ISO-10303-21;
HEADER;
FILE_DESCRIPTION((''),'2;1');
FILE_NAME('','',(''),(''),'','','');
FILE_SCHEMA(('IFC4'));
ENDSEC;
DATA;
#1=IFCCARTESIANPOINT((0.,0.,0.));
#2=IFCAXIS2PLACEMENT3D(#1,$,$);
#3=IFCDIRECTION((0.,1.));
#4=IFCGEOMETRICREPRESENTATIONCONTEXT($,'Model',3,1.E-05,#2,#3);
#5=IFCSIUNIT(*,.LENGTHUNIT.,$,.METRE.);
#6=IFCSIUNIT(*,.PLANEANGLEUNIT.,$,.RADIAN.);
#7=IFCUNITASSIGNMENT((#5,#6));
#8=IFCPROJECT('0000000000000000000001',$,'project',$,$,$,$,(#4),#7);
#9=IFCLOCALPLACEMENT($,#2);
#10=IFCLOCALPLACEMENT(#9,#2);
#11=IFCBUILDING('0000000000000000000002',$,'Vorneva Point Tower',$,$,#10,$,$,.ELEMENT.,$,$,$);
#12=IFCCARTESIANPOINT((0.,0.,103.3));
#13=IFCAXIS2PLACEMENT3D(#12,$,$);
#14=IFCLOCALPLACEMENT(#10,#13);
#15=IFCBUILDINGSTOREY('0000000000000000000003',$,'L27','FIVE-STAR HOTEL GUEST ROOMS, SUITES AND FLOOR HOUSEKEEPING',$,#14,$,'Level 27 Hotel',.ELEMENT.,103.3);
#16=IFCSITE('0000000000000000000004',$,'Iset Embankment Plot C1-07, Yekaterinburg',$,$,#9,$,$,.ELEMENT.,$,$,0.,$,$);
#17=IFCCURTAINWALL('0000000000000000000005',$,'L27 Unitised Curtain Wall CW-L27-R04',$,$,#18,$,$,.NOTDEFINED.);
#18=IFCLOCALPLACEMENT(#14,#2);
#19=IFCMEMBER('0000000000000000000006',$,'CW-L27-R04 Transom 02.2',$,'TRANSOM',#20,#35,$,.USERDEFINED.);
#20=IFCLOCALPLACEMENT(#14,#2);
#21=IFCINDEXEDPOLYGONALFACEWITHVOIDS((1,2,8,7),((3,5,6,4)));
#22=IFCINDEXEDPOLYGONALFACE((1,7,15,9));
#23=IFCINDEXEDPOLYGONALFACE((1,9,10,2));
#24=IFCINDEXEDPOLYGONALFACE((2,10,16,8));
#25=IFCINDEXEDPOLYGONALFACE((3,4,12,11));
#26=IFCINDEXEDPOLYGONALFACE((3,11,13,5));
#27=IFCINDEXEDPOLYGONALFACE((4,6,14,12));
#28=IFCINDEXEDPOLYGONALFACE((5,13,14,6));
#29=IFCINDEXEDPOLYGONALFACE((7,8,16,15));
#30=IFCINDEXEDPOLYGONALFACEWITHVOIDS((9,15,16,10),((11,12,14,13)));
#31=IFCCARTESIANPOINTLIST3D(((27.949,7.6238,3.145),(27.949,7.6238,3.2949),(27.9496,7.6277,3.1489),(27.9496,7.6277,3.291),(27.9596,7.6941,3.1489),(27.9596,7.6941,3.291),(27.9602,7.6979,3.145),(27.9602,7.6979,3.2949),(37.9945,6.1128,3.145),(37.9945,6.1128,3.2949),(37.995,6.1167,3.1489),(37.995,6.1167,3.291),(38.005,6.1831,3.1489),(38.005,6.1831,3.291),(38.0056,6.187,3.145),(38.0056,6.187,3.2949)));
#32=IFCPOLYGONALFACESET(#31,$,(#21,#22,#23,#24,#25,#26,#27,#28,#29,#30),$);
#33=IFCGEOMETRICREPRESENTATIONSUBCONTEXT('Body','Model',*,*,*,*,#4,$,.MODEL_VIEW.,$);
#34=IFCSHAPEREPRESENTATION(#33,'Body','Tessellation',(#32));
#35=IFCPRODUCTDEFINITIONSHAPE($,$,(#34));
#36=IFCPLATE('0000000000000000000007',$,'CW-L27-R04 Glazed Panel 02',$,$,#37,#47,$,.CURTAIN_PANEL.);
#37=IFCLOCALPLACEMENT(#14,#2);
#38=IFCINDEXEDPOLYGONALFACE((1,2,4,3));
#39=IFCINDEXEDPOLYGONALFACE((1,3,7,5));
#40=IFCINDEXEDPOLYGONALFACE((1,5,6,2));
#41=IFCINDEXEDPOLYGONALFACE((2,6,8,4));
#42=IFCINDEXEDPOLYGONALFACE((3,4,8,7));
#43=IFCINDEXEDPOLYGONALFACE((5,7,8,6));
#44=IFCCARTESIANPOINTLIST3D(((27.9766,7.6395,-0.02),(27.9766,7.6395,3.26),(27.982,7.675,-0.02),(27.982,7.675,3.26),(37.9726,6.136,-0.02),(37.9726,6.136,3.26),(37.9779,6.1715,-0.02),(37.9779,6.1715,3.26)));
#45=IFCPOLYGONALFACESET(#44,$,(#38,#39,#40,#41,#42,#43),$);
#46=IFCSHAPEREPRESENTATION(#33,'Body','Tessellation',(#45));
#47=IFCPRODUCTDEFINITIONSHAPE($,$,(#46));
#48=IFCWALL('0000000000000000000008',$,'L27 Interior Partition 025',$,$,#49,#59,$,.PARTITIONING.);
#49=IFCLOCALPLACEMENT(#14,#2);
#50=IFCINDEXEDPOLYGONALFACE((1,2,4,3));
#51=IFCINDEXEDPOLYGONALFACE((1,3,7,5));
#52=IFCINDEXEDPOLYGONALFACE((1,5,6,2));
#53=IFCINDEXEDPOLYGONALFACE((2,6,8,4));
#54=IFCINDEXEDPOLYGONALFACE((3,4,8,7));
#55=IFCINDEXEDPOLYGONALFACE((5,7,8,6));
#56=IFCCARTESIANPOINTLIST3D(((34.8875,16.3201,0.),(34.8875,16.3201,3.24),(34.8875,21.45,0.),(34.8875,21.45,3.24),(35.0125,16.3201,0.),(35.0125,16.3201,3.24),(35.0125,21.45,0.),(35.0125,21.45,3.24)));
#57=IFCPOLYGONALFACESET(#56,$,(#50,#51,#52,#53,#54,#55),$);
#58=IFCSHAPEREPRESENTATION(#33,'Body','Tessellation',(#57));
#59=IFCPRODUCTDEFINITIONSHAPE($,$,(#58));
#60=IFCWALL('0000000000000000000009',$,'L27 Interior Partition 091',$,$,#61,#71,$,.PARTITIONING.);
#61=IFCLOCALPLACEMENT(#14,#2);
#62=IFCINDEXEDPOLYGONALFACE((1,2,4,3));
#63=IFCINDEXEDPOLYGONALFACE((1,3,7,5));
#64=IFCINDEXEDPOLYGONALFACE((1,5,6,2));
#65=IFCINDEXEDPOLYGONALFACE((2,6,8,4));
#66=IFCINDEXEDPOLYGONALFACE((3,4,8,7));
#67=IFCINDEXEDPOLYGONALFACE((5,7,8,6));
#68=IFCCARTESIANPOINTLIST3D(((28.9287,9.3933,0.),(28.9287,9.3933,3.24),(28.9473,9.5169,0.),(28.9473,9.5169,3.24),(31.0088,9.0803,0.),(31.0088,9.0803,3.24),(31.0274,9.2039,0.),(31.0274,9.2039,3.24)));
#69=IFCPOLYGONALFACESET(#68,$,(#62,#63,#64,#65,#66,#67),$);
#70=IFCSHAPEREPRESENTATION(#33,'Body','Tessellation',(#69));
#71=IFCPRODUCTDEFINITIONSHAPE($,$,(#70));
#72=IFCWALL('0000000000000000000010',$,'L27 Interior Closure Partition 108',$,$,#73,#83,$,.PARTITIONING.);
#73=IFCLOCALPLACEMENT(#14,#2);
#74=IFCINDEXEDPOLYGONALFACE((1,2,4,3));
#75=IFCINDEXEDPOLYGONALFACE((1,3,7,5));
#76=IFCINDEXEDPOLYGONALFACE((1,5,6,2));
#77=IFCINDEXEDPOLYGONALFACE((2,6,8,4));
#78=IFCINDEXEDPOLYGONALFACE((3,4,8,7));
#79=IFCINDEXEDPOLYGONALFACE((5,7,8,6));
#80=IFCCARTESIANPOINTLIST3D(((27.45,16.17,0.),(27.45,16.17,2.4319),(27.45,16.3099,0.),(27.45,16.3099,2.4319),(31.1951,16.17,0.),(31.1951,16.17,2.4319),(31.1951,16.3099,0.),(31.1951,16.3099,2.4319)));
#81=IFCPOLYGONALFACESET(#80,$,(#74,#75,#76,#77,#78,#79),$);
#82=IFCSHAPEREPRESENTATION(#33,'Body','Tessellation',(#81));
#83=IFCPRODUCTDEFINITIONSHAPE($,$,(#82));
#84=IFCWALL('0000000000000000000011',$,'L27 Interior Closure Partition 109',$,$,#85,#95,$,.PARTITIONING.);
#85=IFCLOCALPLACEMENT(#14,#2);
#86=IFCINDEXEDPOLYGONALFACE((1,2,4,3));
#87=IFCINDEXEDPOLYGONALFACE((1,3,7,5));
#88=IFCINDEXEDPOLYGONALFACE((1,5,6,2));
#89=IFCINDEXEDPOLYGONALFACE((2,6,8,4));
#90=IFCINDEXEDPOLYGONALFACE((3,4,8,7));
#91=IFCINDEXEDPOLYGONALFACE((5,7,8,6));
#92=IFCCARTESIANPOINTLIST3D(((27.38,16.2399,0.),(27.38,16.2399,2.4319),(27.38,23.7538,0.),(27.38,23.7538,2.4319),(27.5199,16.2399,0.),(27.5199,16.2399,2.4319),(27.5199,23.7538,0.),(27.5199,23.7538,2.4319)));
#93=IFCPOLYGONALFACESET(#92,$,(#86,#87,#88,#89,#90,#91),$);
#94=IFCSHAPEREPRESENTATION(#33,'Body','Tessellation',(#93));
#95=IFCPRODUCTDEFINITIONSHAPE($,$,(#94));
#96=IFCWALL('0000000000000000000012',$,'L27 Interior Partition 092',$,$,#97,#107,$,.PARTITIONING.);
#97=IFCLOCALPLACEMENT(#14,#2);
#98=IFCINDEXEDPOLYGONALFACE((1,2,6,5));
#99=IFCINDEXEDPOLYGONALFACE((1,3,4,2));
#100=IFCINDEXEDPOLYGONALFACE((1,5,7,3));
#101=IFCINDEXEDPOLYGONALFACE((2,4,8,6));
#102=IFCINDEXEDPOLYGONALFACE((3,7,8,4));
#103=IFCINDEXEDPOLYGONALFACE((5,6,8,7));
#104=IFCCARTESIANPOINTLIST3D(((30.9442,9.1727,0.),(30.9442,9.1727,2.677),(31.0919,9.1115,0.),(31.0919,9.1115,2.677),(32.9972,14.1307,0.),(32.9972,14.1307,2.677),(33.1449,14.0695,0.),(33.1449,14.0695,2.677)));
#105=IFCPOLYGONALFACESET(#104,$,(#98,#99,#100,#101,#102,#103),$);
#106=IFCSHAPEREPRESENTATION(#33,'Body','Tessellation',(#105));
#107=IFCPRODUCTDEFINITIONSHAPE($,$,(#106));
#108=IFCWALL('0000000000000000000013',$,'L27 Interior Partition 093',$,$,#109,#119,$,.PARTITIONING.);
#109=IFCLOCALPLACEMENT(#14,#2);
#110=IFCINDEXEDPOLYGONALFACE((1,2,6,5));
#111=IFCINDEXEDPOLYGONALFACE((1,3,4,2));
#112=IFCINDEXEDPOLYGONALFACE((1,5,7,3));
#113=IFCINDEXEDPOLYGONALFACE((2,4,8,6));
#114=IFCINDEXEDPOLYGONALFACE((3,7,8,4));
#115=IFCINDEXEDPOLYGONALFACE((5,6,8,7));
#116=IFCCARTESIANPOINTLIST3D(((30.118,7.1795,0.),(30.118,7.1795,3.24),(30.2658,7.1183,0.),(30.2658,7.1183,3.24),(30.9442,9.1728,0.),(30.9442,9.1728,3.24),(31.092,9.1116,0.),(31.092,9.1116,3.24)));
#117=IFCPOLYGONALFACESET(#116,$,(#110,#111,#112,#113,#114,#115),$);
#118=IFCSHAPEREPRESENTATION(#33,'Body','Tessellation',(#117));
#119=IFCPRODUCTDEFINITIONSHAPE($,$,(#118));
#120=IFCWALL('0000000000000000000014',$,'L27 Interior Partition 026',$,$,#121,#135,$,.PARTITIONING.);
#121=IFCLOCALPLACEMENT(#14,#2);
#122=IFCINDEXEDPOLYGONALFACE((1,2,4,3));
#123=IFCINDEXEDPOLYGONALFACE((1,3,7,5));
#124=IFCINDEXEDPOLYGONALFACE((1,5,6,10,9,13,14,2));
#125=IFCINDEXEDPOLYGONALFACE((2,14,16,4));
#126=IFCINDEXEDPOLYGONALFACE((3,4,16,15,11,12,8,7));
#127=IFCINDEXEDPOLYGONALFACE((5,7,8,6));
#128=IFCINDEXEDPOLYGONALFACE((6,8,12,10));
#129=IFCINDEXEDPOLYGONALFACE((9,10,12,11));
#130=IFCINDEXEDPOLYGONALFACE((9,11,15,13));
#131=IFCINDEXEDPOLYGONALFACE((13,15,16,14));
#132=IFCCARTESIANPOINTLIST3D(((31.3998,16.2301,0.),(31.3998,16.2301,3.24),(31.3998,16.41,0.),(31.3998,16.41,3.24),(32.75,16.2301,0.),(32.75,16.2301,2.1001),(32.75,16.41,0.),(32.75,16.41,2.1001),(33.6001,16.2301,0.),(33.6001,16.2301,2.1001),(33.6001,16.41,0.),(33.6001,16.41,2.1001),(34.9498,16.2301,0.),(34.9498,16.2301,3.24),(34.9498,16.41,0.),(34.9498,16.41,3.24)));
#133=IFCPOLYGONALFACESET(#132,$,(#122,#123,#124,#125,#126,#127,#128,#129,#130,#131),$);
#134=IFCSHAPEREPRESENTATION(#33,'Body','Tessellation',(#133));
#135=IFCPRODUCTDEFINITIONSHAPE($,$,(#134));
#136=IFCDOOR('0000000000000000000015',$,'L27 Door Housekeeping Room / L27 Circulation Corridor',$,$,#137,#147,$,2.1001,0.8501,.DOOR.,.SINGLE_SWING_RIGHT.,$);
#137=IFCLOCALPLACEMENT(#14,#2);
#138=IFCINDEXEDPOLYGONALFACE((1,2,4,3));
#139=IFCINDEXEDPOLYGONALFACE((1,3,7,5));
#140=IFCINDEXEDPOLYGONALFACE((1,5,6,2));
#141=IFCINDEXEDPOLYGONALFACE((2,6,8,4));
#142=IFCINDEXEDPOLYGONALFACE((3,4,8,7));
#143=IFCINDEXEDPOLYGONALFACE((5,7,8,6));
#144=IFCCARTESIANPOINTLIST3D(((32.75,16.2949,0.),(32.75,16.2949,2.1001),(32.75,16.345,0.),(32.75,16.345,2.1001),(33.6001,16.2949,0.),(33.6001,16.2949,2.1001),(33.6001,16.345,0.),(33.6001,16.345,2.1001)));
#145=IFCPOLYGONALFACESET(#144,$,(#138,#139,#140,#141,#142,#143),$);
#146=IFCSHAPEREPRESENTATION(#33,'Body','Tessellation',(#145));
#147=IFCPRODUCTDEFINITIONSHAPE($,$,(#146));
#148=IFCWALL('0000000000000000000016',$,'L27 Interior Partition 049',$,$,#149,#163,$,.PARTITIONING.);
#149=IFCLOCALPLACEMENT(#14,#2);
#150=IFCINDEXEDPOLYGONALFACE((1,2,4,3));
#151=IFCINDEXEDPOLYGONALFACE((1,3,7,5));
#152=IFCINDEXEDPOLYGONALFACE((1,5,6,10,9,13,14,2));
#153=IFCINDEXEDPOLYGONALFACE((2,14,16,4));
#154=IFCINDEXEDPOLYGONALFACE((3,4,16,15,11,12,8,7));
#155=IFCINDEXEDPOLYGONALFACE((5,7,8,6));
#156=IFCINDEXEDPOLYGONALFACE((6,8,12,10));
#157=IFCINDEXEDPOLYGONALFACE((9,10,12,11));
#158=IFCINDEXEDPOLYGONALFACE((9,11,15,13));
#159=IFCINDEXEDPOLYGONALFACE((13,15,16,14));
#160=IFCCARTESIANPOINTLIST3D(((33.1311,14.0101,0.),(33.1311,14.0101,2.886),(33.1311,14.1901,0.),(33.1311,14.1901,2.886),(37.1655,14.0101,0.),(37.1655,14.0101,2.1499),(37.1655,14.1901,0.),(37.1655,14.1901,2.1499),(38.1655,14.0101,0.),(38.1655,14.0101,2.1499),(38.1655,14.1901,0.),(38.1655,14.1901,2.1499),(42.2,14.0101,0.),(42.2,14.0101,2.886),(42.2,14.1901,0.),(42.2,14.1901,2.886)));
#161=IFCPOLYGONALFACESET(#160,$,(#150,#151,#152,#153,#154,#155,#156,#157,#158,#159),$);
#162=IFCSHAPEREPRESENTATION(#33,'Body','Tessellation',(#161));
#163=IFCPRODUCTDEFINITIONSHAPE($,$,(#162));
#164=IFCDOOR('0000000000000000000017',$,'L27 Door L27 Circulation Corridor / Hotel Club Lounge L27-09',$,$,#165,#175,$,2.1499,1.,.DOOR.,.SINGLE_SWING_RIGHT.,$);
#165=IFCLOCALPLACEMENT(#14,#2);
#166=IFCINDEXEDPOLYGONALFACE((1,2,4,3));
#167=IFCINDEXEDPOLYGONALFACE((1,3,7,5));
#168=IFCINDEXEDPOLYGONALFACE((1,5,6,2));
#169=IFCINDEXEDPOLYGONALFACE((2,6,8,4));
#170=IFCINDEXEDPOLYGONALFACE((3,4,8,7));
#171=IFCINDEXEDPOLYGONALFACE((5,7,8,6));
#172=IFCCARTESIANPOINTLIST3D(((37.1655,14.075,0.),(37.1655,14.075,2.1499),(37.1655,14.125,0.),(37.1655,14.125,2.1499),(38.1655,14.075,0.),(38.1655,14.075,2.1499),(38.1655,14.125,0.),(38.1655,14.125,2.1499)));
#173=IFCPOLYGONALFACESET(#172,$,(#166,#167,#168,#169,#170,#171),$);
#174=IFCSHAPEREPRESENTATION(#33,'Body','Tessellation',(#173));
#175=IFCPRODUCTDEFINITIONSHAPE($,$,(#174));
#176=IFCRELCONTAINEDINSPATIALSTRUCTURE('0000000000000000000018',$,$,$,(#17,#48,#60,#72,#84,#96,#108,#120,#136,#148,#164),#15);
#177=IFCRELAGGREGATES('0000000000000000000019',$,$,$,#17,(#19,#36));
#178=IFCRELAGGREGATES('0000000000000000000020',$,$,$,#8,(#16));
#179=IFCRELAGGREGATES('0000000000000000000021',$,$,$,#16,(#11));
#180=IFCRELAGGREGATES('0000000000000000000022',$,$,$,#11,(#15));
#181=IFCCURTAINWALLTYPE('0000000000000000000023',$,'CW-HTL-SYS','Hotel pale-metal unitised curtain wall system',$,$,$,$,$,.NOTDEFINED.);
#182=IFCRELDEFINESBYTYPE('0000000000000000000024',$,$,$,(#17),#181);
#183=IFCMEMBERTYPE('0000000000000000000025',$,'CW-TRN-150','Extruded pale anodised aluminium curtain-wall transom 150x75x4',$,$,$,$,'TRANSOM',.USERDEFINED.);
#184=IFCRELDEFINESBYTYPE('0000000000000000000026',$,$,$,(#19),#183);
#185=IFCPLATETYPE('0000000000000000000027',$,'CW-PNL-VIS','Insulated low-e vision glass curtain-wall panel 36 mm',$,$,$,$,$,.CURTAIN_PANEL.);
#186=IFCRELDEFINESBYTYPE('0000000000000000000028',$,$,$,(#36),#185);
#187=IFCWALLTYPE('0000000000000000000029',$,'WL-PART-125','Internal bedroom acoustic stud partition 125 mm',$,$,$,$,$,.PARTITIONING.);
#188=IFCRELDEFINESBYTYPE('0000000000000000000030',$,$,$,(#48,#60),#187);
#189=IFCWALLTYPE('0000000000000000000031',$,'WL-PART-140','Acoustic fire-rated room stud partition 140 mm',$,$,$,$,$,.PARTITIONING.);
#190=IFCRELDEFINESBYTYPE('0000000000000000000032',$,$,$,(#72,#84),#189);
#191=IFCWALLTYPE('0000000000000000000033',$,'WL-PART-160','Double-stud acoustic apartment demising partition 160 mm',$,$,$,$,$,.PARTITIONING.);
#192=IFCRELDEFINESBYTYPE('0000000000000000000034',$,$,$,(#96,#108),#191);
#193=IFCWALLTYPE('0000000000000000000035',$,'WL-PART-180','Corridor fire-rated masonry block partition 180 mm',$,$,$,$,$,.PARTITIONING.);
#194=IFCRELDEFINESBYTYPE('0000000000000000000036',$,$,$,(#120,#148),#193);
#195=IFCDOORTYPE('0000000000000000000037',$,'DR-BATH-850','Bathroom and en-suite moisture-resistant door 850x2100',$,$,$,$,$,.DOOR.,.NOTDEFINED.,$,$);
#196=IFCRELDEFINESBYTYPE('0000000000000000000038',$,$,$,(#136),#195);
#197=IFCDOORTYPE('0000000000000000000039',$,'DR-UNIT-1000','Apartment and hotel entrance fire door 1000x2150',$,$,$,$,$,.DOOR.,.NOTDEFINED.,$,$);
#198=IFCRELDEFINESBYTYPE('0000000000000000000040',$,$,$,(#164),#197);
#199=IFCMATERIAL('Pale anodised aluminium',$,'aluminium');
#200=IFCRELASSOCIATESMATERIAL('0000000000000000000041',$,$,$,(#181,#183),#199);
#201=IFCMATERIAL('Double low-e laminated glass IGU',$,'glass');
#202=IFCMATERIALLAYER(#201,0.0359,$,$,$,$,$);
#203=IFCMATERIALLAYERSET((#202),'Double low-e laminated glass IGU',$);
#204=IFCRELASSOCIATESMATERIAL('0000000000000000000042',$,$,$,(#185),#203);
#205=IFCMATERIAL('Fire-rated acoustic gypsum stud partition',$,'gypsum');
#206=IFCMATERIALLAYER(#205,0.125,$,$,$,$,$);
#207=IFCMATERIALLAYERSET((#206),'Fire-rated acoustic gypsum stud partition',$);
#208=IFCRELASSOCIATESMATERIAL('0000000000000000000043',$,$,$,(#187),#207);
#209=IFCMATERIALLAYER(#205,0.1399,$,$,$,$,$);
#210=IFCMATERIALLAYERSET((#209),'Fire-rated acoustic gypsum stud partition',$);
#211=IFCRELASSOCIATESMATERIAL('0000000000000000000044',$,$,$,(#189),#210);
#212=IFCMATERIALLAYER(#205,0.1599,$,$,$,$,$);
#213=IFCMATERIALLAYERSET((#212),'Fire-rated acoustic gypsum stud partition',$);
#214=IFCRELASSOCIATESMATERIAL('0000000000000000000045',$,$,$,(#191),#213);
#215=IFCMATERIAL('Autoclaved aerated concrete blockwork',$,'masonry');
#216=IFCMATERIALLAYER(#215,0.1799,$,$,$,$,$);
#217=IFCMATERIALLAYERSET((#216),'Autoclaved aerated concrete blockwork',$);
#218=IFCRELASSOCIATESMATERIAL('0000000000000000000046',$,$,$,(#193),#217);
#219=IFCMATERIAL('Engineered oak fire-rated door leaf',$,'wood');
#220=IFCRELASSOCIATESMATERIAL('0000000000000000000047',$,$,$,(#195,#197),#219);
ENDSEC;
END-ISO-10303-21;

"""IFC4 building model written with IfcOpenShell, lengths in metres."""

from ifc_helpers import new_model, si_unit, direction, frame, frame_2d, origin, origin_2d, place, context, subcontext, project, spatial, rectangle, hollow_rectangle, extrude, material, layer, layer_set, material_profile, profile_set, type_object, element, fill, aggregate, save


model = new_model("IFC4")

# Units and contexts
model_context = context("Model", 3, precision=1e-05, world=origin(), true_north=direction((0.0, 1.0)))
body_context = subcontext(model_context, "Body", "Model", "MODEL_VIEW")
ifc_project = project(units=[si_unit("LENGTHUNIT", "METRE"), si_unit("PLANEANGLEUNIT", "RADIAN")], contexts=[model_context])

# Site, building, storey
site_placement = place(None, origin())
site = spatial("IfcSite", under=ifc_project, at=site_placement, Name="Iset Embankment Plot C1-07, Yekaterinburg", CompositionType="ELEMENT", RefElevation=0.0)
building_placement = place(site_placement, origin())
building = spatial("IfcBuilding", under=site, at=building_placement, Name="Vorneva Point Tower", CompositionType="ELEMENT")
storey_placement = place(building_placement, frame((0.0, 0.0, 103.3)))
storey = spatial("IfcBuildingStorey", under=building, at=storey_placement, Name="L27", Description="FIVE-STAR HOTEL GUEST ROOMS, SUITES AND FLOOR HOUSEKEEPING", LongName="Level 27 Hotel", CompositionType="ELEMENT", Elevation=103.3)

# Curtain wall, member, plate
ifc_material_1 = material(Name="Pale anodised aluminium", Category="aluminium")
curtain_wall_type = type_object("IfcCurtainWallType", Name="CW-HTL-SYS", Description="Hotel pale-metal unitised curtain wall system", PredefinedType="NOTDEFINED", material=ifc_material_1)
curtain_wall_placement = place(storey_placement, origin())
curtain_wall = element("IfcCurtainWall", 1, at=curtain_wall_placement, inside=storey, type_object=curtain_wall_type, Name="L27 Unitised Curtain Wall CW-L27-R04", PredefinedType="NOTDEFINED")
ifc_material_profile_1 = material_profile(ifc_material_1, hollow_rectangle(XDim=0.075, YDim=0.1499, WallThickness=0.0039, at=origin_2d()), Name="AL-TRN 150x75x4")
ifc_profile_set_1 = profile_set([ifc_material_profile_1], Name="Pale anodised aluminium")
member_type_1 = type_object("IfcMemberType", Name="CW-TRN-150", Description="Extruded pale anodised aluminium curtain-wall transom 150x75x4", ElementType="TRANSOM", PredefinedType="USERDEFINED", material=ifc_profile_set_1)
member_1_placement = place(storey_placement, frame((27.9546, 7.6609, 3.22), z_axis=(0.988876, -0.148742, 0.0), x_axis=(0.148742, 0.988876, 0.0)))
member_1 = element("IfcMember", 2, at=member_1_placement, type_object=member_type_1, Name="CW-L27-R04 Transom 02.2", ObjectType="TRANSOM", PredefinedType="USERDEFINED", context=body_context, shape_type="SweptSolid", body=[
    extrude(hollow_rectangle(XDim=0.075, YDim=0.1499, WallThickness=0.0039, at=origin_2d()), origin(), (0.0, 0.0, 1.0), 10.1584),
])
ifc_material_2 = material(Name="Double low-e laminated glass IGU", Category="glass")
ifc_layer_1 = layer(ifc_material_2, 0.0359)
ifc_layer_set_1 = layer_set([ifc_layer_1], Name="Double low-e laminated glass IGU")
plate_type = type_object("IfcPlateType", Name="CW-PNL-VIS", Description="Insulated low-e vision glass curtain-wall panel 36 mm", PredefinedType="CURTAIN_PANEL", material=ifc_layer_set_1)
plate_placement = place(storey_placement, frame((32.9773, 6.9055, -0.02), z_axis=(0.0, 0.0, 1.0), x_axis=(0.988876, -0.148741, 0.0)))
plate = element("IfcPlate", 3, at=plate_placement, type_object=plate_type, Name="CW-L27-R04 Glazed Panel 02", PredefinedType="CURTAIN_PANEL", context=body_context, shape_type="SweptSolid", body=[
    extrude(rectangle(XDim=10.1084, YDim=0.0359, at=origin_2d()), origin(), (0.0, 0.0, 1.0), 3.28),
])
aggregate(curtain_wall, [member_1, plate])

# Walls
ifc_material_3 = material(Name="Fire-rated acoustic gypsum stud partition", Category="gypsum")
ifc_layer_2 = layer(ifc_material_3, 0.125)
ifc_layer_set_2 = layer_set([ifc_layer_2], Name="Fire-rated acoustic gypsum stud partition")
wall_type_1 = type_object("IfcWallType", Name="WL-PART-125", Description="Internal bedroom acoustic stud partition 125 mm", PredefinedType="PARTITIONING", material=ifc_layer_set_2)
wall_1_placement = place(storey_placement, frame((34.95, 16.3201, 0.0), z_axis=(0.0, 0.0, 1.0), x_axis=(0.0, 1.0, 0.0)))
element("IfcWall", 4, at=wall_1_placement, inside=storey, type_object=wall_type_1, Name="L27 Interior Partition 025", PredefinedType="PARTITIONING", context=body_context, shape_type="SweptSolid", body=[
    extrude(rectangle(XDim=5.1299, YDim=0.125, at=frame_2d((2.5649, 0.0))), origin(), (0.0, 0.0, 1.0), 3.24),
])
wall_2_placement = place(storey_placement, frame((28.938, 9.4551, 0.0), z_axis=(0.0, 0.0, 1.0), x_axis=(0.988868, -0.148794, 0.0)))
element("IfcWall", 5, at=wall_2_placement, inside=storey, type_object=wall_type_1, Name="L27 Interior Partition 091", PredefinedType="PARTITIONING", context=body_context, shape_type="SweptSolid", body=[
    extrude(rectangle(XDim=2.1035, YDim=0.125, at=frame_2d((1.0518, 0.0))), origin(), (0.0, 0.0, 1.0), 3.24),
])
ifc_layer_3 = layer(ifc_material_3, 0.1399)
ifc_layer_set_3 = layer_set([ifc_layer_3], Name="Fire-rated acoustic gypsum stud partition")
wall_type_2 = type_object("IfcWallType", Name="WL-PART-140", Description="Acoustic fire-rated room stud partition 140 mm", PredefinedType="PARTITIONING", material=ifc_layer_set_3)
wall_3_placement = place(storey_placement, frame((31.1951, 16.24, 0.0), z_axis=(0.0, 0.0, 1.0), x_axis=(-1.0, 0.0, 0.0)))
element("IfcWall", 6, at=wall_3_placement, inside=storey, type_object=wall_type_2, Name="L27 Interior Closure Partition 108", PredefinedType="PARTITIONING", context=body_context, shape_type="SweptSolid", body=[
    extrude(rectangle(XDim=3.7451, YDim=0.1399, at=frame_2d((1.8726, 0.0))), origin(), (0.0, 0.0, 1.0), 2.4319),
])
wall_4_placement = place(storey_placement, frame((27.45, 16.24, 0.0), z_axis=(0.0, 0.0, 1.0), x_axis=(0.0, 1.0, 0.0)))
element("IfcWall", 7, at=wall_4_placement, inside=storey, type_object=wall_type_2, Name="L27 Interior Closure Partition 109", PredefinedType="PARTITIONING", context=body_context, shape_type="SweptSolid", body=[
    extrude(rectangle(XDim=7.5139, YDim=0.1399, at=frame_2d((3.7568, 0.0))), origin(), (0.0, 0.0, 1.0), 2.4319),
])
ifc_layer_4 = layer(ifc_material_3, 0.1599)
ifc_layer_set_4 = layer_set([ifc_layer_4], Name="Fire-rated acoustic gypsum stud partition")
wall_type_3 = type_object("IfcWallType", Name="WL-PART-160", Description="Double-stud acoustic apartment demising partition 160 mm", PredefinedType="PARTITIONING", material=ifc_layer_set_4)
wall_5_placement = place(storey_placement, frame((31.0181, 9.1421, 0.0), z_axis=(0.0, 0.0, 1.0), x_axis=(0.382573, 0.923925, 0.0)))
element("IfcWall", 8, at=wall_5_placement, inside=storey, type_object=wall_type_3, Name="L27 Interior Partition 092", PredefinedType="PARTITIONING", context=body_context, shape_type="SweptSolid", body=[
    extrude(rectangle(XDim=5.3662, YDim=0.1599, at=frame_2d((2.6831, 0.0))), origin(), (0.0, 0.0, 1.0), 2.677),
])
wall_6_placement = place(storey_placement, frame((30.1919, 7.1489, 0.0), z_axis=(0.0, 0.0, 1.0), x_axis=(0.382911, 0.923785, 0.0)))
element("IfcWall", 9, at=wall_6_placement, inside=storey, type_object=wall_type_3, Name="L27 Interior Partition 093", PredefinedType="PARTITIONING", context=body_context, shape_type="SweptSolid", body=[
    extrude(rectangle(XDim=2.1577, YDim=0.1599, at=frame_2d((1.0789, 0.0))), origin(), (0.0, 0.0, 1.0), 3.24),
])

# Walls, openings, doors
ifc_material_4 = material(Name="Autoclaved aerated concrete blockwork", Category="masonry")
ifc_layer_5 = layer(ifc_material_4, 0.1799)
ifc_layer_set_5 = layer_set([ifc_layer_5], Name="Autoclaved aerated concrete blockwork")
wall_type_4 = type_object("IfcWallType", Name="WL-PART-180", Description="Corridor fire-rated masonry block partition 180 mm", PredefinedType="PARTITIONING", material=ifc_layer_set_5)
wall_7_placement = place(storey_placement, frame((31.3999, 16.3201, 0.0), z_axis=(0.0, 0.0, 1.0), x_axis=(1.0, 0.0, 0.0)))
wall_7 = element("IfcWall", 10, at=wall_7_placement, inside=storey, type_object=wall_type_4, Name="L27 Interior Partition 026", PredefinedType="PARTITIONING", context=body_context, shape_type="SweptSolid", body=[
    extrude(rectangle(XDim=3.55, YDim=0.1799, at=frame_2d((1.7749, 0.0))), origin(), (0.0, 0.0, 1.0), 3.24),
])
opening_1_placement = place(wall_7_placement, frame((1.3501, 0.0, 0.0)))
opening_1 = element("IfcOpeningElement", 11, at=opening_1_placement, cuts=wall_7, PredefinedType="OPENING", context=body_context, shape_type="SweptSolid", body=[
    extrude(rectangle(XDim=0.8501, YDim=2.1001, at=frame_2d((0.425, 1.05))), frame((0.0, 0.105, 0.0), z_axis=(0.0, -1.0, 0.0), x_axis=(1.0, 0.0, 0.0)), (0.0, 0.0, 1.0), 0.2097),
])
ifc_material_5 = material(Name="Engineered oak fire-rated door leaf", Category="wood")
door_type_1 = type_object("IfcDoorType", Name="DR-BATH-850", Description="Bathroom and en-suite moisture-resistant door 850x2100", OperationType="NOTDEFINED", PredefinedType="DOOR", material=ifc_material_5)
door_1_placement = place(opening_1_placement, origin())
door_1 = element("IfcDoor", 12, at=door_1_placement, inside=storey, type_object=door_type_1, Name="L27 Door Housekeeping Room / L27 Circulation Corridor", OperationType="SINGLE_SWING_RIGHT", OverallHeight=2.1001, OverallWidth=0.8501, PredefinedType="DOOR", context=body_context, shape_type="SweptSolid", body=[
    extrude(rectangle(XDim=0.8501, YDim=2.1001, at=frame_2d((0.425, 1.05))), frame((0.0, 0.0249, 0.0), z_axis=(0.0, -1.0, 0.0), x_axis=(1.0, 0.0, 0.0)), (0.0, 0.0, 1.0), 0.05),
])
fill(opening_1, door_1)
door_type_2 = type_object("IfcDoorType", Name="DR-UNIT-1000", Description="Apartment and hotel entrance fire door 1000x2150", OperationType="NOTDEFINED", PredefinedType="DOOR", material=ifc_material_5)
wall_8_placement = place(storey_placement, frame((33.1311, 14.1001, 0.0), z_axis=(0.0, 0.0, 1.0), x_axis=(1.0, 0.0, 0.0)))
wall_8 = element("IfcWall", 13, at=wall_8_placement, inside=storey, type_object=wall_type_4, Name="L27 Interior Partition 049", PredefinedType="PARTITIONING", context=body_context, shape_type="SweptSolid", body=[
    extrude(rectangle(XDim=9.0688, YDim=0.1799, at=frame_2d((4.5344, 0.0))), origin(), (0.0, 0.0, 1.0), 2.886),
])
opening_2_placement = place(wall_8_placement, frame((4.0344, 0.0, 0.0)))
opening_2 = element("IfcOpeningElement", 14, at=opening_2_placement, cuts=wall_8, PredefinedType="OPENING", context=body_context, shape_type="SweptSolid", body=[
    extrude(rectangle(XDim=1.0, YDim=2.1499, at=frame_2d((0.5, 1.075))), frame((0.0, 0.105, 0.0), z_axis=(0.0, -1.0, 0.0), x_axis=(1.0, 0.0, 0.0)), (0.0, 0.0, 1.0), 0.2097),
])
door_2_placement = place(opening_2_placement, origin())
door_2 = element("IfcDoor", 15, at=door_2_placement, inside=storey, type_object=door_type_2, Name="L27 Door L27 Circulation Corridor / Hotel Club Lounge L27-09", OperationType="SINGLE_SWING_RIGHT", OverallHeight=2.1499, OverallWidth=1.0, PredefinedType="DOOR", context=body_context, shape_type="SweptSolid", body=[
    extrude(rectangle(XDim=1.0, YDim=2.1499, at=frame_2d((0.5, 1.075))), frame((0.0, 0.0249, 0.0), z_axis=(0.0, -1.0, 0.0), x_axis=(1.0, 0.0, 0.0)), (0.0, 0.0, 1.0), 0.05),
])
fill(opening_2, door_2)

save(model, "model.ifc")
